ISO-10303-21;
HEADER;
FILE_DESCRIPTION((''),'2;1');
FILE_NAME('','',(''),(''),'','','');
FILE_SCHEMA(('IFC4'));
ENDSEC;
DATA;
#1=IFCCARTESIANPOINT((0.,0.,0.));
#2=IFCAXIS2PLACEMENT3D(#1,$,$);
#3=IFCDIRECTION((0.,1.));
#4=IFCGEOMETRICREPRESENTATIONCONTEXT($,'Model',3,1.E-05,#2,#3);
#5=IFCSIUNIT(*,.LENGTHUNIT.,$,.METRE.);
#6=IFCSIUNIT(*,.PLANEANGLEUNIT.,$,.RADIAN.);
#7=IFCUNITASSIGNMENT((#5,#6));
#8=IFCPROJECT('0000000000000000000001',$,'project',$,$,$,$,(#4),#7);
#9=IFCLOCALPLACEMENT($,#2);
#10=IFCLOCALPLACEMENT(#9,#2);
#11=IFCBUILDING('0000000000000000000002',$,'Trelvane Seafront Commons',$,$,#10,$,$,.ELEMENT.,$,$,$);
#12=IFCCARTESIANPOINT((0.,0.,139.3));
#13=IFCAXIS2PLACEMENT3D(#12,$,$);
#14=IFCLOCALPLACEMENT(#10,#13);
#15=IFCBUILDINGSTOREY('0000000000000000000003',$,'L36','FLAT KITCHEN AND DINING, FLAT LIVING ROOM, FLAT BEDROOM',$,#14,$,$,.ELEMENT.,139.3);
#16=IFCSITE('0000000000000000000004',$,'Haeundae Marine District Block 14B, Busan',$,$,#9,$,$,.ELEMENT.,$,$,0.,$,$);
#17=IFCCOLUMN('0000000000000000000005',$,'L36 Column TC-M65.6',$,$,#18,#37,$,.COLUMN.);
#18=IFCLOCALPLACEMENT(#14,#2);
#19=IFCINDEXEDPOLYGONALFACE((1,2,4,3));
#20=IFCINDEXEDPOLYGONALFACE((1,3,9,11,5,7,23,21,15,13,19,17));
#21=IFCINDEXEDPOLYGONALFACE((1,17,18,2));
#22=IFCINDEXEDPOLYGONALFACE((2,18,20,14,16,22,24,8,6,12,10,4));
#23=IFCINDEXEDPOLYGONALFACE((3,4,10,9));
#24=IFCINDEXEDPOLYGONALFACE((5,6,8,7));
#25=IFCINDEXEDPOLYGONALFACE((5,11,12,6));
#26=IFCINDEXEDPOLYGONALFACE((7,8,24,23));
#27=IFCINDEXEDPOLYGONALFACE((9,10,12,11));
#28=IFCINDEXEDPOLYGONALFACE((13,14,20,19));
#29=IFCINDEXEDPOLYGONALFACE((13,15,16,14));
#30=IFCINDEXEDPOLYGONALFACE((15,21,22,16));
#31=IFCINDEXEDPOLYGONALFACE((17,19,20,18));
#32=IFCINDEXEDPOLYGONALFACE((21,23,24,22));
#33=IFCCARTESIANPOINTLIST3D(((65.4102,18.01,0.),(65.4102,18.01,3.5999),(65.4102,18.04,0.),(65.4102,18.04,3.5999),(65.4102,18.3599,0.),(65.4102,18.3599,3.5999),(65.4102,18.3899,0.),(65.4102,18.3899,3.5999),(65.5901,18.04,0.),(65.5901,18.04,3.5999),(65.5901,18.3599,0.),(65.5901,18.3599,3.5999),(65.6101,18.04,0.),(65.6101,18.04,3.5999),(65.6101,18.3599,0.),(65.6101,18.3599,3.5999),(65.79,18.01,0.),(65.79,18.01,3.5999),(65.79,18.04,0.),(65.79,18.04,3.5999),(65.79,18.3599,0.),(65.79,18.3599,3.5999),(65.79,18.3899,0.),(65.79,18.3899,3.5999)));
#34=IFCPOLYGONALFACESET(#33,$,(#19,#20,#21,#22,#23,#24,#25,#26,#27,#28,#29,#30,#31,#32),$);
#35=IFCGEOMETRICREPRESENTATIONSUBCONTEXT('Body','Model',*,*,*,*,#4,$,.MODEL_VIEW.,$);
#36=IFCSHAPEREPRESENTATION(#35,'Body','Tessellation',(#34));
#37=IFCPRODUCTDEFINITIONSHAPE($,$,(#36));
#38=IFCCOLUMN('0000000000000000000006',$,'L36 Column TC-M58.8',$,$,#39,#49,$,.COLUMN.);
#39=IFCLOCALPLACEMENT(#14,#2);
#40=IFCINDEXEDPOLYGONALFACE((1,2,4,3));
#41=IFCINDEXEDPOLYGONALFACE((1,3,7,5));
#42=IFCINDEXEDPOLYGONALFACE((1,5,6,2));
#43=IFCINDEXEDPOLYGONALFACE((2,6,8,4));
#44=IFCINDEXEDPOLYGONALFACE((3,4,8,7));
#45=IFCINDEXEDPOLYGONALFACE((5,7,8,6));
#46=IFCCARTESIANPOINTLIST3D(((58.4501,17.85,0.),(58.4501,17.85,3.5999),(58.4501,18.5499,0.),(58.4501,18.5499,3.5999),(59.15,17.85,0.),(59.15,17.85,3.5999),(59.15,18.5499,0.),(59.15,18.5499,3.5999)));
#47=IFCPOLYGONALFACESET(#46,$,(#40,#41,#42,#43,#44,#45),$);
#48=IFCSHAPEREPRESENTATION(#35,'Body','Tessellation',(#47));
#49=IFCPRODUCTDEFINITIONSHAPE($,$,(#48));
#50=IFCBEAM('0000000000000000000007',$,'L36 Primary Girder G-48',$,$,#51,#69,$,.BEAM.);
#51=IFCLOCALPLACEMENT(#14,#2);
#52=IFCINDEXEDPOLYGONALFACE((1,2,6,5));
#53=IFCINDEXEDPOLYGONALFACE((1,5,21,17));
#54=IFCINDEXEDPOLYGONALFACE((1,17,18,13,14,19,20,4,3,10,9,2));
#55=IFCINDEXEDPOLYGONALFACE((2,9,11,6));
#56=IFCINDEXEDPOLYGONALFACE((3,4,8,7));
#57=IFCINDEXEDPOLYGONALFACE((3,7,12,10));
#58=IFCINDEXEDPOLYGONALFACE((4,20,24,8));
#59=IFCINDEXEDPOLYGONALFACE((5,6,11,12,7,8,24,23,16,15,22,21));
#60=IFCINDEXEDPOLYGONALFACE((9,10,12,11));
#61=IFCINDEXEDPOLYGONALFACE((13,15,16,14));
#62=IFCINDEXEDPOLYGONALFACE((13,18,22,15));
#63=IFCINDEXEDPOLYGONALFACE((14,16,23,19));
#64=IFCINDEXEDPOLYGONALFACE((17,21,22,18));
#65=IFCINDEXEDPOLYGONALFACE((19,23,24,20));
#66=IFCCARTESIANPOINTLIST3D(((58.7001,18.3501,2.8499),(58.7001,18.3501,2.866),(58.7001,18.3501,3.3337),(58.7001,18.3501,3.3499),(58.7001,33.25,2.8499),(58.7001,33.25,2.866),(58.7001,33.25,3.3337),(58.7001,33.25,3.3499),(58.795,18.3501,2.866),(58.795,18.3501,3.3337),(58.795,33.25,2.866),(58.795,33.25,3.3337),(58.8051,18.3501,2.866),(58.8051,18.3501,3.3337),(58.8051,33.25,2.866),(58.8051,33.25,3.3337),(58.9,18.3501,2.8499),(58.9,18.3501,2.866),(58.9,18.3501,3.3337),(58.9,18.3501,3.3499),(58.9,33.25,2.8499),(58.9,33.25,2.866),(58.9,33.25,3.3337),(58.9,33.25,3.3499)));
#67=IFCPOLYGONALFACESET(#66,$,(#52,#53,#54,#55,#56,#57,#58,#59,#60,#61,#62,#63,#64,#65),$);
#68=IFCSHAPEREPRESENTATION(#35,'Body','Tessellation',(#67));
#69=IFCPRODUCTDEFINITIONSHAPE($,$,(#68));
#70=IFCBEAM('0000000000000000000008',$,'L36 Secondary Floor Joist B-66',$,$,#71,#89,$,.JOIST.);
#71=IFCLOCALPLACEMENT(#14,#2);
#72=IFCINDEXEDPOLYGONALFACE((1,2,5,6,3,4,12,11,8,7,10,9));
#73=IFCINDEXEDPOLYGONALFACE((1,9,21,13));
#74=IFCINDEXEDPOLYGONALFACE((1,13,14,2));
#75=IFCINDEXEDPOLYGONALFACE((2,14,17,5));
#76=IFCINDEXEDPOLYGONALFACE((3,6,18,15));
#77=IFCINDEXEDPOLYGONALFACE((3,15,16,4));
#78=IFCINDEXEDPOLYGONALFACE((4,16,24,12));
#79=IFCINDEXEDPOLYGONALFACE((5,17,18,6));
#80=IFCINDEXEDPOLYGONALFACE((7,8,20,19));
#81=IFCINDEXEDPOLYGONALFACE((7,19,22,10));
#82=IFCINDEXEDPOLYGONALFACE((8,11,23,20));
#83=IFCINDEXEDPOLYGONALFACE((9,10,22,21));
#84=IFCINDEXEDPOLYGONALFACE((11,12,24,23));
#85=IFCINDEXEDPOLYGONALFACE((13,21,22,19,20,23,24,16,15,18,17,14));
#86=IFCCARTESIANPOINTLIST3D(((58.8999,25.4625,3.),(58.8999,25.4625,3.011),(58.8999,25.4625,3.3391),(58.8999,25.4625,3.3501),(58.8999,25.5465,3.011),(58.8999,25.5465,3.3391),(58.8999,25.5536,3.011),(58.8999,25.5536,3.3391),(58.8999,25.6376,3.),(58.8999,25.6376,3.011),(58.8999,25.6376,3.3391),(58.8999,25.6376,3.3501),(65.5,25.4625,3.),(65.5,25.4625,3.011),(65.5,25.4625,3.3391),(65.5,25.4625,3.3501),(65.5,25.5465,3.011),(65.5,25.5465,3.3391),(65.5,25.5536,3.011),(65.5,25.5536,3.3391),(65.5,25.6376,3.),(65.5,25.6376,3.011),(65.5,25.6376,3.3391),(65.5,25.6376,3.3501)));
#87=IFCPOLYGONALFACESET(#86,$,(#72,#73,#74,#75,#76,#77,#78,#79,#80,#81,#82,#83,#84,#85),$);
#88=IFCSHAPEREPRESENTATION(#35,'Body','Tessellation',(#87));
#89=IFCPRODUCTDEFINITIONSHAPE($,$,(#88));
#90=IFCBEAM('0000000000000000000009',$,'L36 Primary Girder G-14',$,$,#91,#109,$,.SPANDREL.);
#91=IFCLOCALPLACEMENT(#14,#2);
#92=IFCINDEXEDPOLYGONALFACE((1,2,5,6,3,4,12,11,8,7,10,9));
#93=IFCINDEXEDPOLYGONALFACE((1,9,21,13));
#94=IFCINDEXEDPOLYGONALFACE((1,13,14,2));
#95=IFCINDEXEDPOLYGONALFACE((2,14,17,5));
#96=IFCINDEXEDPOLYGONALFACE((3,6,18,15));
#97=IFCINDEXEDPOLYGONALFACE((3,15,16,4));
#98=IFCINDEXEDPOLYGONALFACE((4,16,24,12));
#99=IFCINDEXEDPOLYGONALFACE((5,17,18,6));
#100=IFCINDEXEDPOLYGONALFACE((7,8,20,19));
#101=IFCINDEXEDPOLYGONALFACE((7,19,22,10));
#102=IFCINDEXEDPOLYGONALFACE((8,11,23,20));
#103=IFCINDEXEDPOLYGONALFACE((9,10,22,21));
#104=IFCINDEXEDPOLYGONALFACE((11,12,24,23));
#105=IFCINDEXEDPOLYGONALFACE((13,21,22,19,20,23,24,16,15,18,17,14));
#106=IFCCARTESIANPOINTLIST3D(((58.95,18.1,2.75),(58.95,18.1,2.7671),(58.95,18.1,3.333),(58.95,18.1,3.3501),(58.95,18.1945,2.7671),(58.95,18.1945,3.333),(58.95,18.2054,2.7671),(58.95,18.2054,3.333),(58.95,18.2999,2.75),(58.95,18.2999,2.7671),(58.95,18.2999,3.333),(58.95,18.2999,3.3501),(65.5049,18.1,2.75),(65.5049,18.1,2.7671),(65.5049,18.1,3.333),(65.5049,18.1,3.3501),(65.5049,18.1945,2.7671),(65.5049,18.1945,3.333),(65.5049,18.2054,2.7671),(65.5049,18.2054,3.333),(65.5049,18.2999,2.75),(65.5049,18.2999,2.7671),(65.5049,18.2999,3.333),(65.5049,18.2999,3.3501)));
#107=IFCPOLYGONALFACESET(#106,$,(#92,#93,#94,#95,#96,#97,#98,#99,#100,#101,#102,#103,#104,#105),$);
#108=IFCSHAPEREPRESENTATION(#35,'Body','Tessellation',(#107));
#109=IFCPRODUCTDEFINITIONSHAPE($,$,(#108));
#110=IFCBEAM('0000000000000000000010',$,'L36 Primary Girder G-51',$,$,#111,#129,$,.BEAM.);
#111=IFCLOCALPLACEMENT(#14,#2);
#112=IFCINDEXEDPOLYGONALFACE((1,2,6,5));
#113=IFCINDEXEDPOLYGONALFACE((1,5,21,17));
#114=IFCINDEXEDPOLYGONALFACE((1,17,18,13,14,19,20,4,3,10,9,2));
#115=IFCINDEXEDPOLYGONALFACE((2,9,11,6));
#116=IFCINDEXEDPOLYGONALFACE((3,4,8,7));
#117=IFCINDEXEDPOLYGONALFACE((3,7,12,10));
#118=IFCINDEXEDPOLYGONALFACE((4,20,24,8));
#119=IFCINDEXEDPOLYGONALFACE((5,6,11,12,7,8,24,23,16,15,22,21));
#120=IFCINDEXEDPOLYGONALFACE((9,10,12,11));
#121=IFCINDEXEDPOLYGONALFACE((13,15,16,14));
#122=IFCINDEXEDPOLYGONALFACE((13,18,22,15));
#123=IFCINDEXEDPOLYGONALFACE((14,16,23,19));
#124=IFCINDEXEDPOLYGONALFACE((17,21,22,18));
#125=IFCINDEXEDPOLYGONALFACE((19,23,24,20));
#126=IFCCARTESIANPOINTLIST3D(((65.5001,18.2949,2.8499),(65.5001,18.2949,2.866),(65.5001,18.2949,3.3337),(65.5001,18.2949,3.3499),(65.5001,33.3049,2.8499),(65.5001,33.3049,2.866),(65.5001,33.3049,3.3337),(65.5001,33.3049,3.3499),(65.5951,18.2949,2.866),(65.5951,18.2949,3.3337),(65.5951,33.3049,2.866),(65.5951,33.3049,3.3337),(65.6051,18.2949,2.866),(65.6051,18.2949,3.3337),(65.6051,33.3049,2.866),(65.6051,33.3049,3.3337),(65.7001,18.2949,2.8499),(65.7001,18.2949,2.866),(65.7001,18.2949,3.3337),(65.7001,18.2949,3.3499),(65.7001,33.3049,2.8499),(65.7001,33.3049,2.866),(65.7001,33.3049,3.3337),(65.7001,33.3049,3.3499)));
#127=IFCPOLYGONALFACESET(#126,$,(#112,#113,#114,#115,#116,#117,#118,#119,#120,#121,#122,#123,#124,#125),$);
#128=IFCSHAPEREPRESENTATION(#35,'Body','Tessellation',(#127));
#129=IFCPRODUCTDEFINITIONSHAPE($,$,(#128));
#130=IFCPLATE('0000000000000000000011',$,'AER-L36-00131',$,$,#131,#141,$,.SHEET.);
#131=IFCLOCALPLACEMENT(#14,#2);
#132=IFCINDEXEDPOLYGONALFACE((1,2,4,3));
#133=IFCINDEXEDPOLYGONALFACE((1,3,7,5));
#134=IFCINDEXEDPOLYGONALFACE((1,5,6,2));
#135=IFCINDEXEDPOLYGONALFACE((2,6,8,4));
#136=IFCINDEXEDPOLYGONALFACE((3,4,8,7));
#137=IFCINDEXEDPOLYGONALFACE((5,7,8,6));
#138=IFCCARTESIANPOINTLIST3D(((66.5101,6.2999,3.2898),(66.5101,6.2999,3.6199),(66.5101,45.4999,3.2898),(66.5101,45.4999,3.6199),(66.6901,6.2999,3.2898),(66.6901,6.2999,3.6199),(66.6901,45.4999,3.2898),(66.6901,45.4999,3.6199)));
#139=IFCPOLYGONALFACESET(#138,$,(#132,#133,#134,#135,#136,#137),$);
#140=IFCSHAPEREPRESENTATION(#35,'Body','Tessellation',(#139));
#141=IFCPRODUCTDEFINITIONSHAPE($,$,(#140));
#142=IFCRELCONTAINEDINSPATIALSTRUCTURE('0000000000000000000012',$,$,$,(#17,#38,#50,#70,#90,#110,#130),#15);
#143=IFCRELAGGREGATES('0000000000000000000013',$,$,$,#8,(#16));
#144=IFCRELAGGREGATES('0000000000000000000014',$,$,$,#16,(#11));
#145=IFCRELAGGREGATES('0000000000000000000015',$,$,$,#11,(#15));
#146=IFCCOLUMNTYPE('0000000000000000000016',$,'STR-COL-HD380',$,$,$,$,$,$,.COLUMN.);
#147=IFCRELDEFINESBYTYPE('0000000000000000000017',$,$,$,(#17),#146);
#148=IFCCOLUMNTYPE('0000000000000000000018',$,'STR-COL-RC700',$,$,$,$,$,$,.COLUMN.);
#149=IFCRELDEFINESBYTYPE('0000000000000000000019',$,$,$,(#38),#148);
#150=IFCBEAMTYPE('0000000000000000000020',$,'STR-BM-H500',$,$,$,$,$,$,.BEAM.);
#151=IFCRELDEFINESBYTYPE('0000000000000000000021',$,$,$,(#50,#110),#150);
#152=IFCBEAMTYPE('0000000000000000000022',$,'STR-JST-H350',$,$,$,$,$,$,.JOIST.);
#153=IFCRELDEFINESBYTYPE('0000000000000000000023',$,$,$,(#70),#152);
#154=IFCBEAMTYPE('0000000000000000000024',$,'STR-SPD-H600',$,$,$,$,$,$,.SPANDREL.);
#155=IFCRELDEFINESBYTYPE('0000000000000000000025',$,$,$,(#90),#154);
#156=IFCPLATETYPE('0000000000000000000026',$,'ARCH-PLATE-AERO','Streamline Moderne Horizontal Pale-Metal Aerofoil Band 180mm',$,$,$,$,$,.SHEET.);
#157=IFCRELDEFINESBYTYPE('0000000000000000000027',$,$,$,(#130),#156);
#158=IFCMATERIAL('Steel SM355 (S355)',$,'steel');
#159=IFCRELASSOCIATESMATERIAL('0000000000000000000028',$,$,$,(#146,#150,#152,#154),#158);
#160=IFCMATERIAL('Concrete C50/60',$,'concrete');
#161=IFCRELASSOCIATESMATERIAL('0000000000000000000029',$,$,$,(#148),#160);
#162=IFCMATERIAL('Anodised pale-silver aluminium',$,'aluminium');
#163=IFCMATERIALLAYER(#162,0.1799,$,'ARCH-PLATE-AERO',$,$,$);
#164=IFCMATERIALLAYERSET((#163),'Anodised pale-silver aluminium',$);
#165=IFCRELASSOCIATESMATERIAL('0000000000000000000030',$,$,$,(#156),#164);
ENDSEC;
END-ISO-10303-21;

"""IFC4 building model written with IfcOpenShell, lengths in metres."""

from ifc_helpers import new_model, si_unit, direction, frame, origin, origin_2d, place, context, subcontext, project, spatial, rectangle, i_section, extrude, source, transform, mapped, material, layer, layer_set, material_profile, profile_set, type_object, element, save


model = new_model("IFC4")

# Units and contexts
model_context = context("Model", 3, precision=1e-05, world=origin(), true_north=direction((0.0, 1.0)))
body_context = subcontext(model_context, "Body", "Model", "MODEL_VIEW")
ifc_project = project(units=[si_unit("LENGTHUNIT", "METRE"), si_unit("PLANEANGLEUNIT", "RADIAN")], contexts=[model_context])

# Site, building, storey
site_placement = place(None, origin())
site = spatial("IfcSite", under=ifc_project, at=site_placement, Name="Haeundae Marine District Block 14B, Busan", CompositionType="ELEMENT", RefElevation=0.0)
building_placement = place(site_placement, origin())
building = spatial("IfcBuilding", under=site, at=building_placement, Name="Trelvane Seafront Commons", CompositionType="ELEMENT")
storey_placement = place(building_placement, frame((0.0, 0.0, 139.3)))
storey = spatial("IfcBuildingStorey", under=building, at=storey_placement, Name="L36", Description="FLAT KITCHEN AND DINING, FLAT LIVING ROOM, FLAT BEDROOM", CompositionType="ELEMENT", Elevation=139.3)

# Columns
ifc_material_1 = material(Name="Steel SM355 (S355)", Category="steel")
ifc_material_profile_1 = material_profile(ifc_material_1, i_section(OverallWidth=0.3799, OverallDepth=0.3799, WebThickness=0.02, FlangeThickness=0.03, at=origin_2d()), Name="HD-380x380x20x30")
ifc_profile_set_1 = profile_set([ifc_material_profile_1], Name="Steel SM355 (S355)")
column_type_1 = type_object("IfcColumnType", Name="STR-COL-HD380", PredefinedType="COLUMN", material=ifc_profile_set_1)
shared_shape_1 = source(origin(), body_context, "Body", "SweptSolid", [
    extrude(i_section(OverallWidth=0.3799, OverallDepth=0.3799, WebThickness=0.02, FlangeThickness=0.03, at=origin_2d()), origin(), (0.0, 0.0, 1.0), 3.5999),
])
column_1_placement = place(storey_placement, frame((65.6001, 18.2, 0.0), z_axis=(0.0, 0.0, 1.0), x_axis=(1.0, 0.0, 0.0)))
element("IfcColumn", 1, at=column_1_placement, inside=storey, type_object=column_type_1, Name="L36 Column TC-M65.6", PredefinedType="COLUMN", context=body_context, shape_type="MappedRepresentation", body=[
    mapped(shared_shape_1, transform((0.0, 0.0, 0.0), x_axis=(1.0, 0.0, 0.0), y_axis=(0.0, 1.0, 0.0), z_axis=(0.0, 0.0, 1.0), scale=1.0)),
])
ifc_material_2 = material(Name="Concrete C50/60", Category="concrete")
ifc_material_profile_2 = material_profile(ifc_material_2, rectangle(XDim=0.7, YDim=0.7, at=origin_2d()), Name="RC-700x700")
ifc_profile_set_2 = profile_set([ifc_material_profile_2], Name="Concrete C50/60")
column_type_2 = type_object("IfcColumnType", Name="STR-COL-RC700", PredefinedType="COLUMN", material=ifc_profile_set_2)
shared_shape_2 = source(origin(), body_context, "Body", "SweptSolid", [
    extrude(rectangle(XDim=0.7, YDim=0.7, at=origin_2d()), origin(), (0.0, 0.0, 1.0), 3.5999),
])
column_2_placement = place(storey_placement, frame((58.8, 18.2, 0.0), z_axis=(0.0, 0.0, 1.0), x_axis=(1.0, 0.0, 0.0)))
element("IfcColumn", 2, at=column_2_placement, inside=storey, type_object=column_type_2, Name="L36 Column TC-M58.8", PredefinedType="COLUMN", context=body_context, shape_type="MappedRepresentation", body=[
    mapped(shared_shape_2, transform((0.0, 0.0, 0.0), x_axis=(1.0, 0.0, 0.0), y_axis=(0.0, 1.0, 0.0), z_axis=(0.0, 0.0, 1.0), scale=1.0)),
])

# Beams
ifc_material_profile_3 = material_profile(ifc_material_1, i_section(OverallWidth=0.2, OverallDepth=0.5, WebThickness=0.01, FlangeThickness=0.0161, at=origin_2d()), Name="H-500x200x10x16")
ifc_profile_set_3 = profile_set([ifc_material_profile_3], Name="Steel SM355 (S355)")
beam_type_1 = type_object("IfcBeamType", Name="STR-BM-H500", PredefinedType="BEAM", material=ifc_profile_set_3)
shared_shape_3 = source(origin(), body_context, "Body", "SweptSolid", [
    extrude(i_section(OverallWidth=0.2, OverallDepth=0.5, WebThickness=0.01, FlangeThickness=0.0161, at=origin_2d()), origin(), (0.0, 0.0, 1.0), 14.8999),
])
beam_1_placement = place(storey_placement, frame((58.8, 18.3501, 3.0999), z_axis=(0.0, 1.0, 0.0), x_axis=(-1.0, 0.0, 0.0)))
element("IfcBeam", 3, at=beam_1_placement, inside=storey, type_object=beam_type_1, Name="L36 Primary Girder G-48", PredefinedType="BEAM", context=body_context, shape_type="MappedRepresentation", body=[
    mapped(shared_shape_3, transform((0.0, 0.0, 0.0), x_axis=(1.0, 0.0, 0.0), y_axis=(0.0, 1.0, 0.0), z_axis=(0.0, 0.0, 1.0), scale=1.0)),
])
ifc_material_profile_4 = material_profile(ifc_material_1, i_section(OverallWidth=0.175, OverallDepth=0.3501, WebThickness=0.0071, FlangeThickness=0.011, at=origin_2d()), Name="H-350x175x7x11")
ifc_profile_set_4 = profile_set([ifc_material_profile_4], Name="Steel SM355 (S355)")
beam_type_2 = type_object("IfcBeamType", Name="STR-JST-H350", PredefinedType="JOIST", material=ifc_profile_set_4)
shared_shape_4 = source(origin(), body_context, "Body", "SweptSolid", [
    extrude(i_section(OverallWidth=0.175, OverallDepth=0.3501, WebThickness=0.0071, FlangeThickness=0.011, at=origin_2d()), origin(), (0.0, 0.0, 1.0), 6.6001),
])
beam_2_placement = place(storey_placement, frame((58.8999, 25.55, 3.175), z_axis=(1.0, 0.0, 0.0), x_axis=(0.0, 1.0, 0.0)))
element("IfcBeam", 4, at=beam_2_placement, inside=storey, type_object=beam_type_2, Name="L36 Secondary Floor Joist B-66", PredefinedType="JOIST", context=body_context, shape_type="MappedRepresentation", body=[
    mapped(shared_shape_4, transform((0.0, 0.0, 0.0), x_axis=(1.0, 0.0, 0.0), y_axis=(0.0, 1.0, 0.0), z_axis=(0.0, 0.0, 1.0), scale=1.0)),
])
ifc_material_profile_5 = material_profile(ifc_material_1, i_section(OverallWidth=0.2, OverallDepth=0.6001, WebThickness=0.011, FlangeThickness=0.0171, at=origin_2d()), Name="H-600x200x11x17")
ifc_profile_set_5 = profile_set([ifc_material_profile_5], Name="Steel SM355 (S355)")
beam_type_3 = type_object("IfcBeamType", Name="STR-SPD-H600", PredefinedType="SPANDREL", material=ifc_profile_set_5)
shared_shape_5 = source(origin(), body_context, "Body", "SweptSolid", [
    extrude(i_section(OverallWidth=0.2, OverallDepth=0.6001, WebThickness=0.011, FlangeThickness=0.0171, at=origin_2d()), origin(), (0.0, 0.0, 1.0), 6.5549),
])
beam_3_placement = place(storey_placement, frame((58.95, 18.2, 3.05), z_axis=(1.0, 0.0, 0.0), x_axis=(0.0, 1.0, 0.0)))
element("IfcBeam", 5, at=beam_3_placement, inside=storey, type_object=beam_type_3, Name="L36 Primary Girder G-14", PredefinedType="SPANDREL", context=body_context, shape_type="MappedRepresentation", body=[
    mapped(shared_shape_5, transform((0.0, 0.0, 0.0), x_axis=(1.0, 0.0, 0.0), y_axis=(0.0, 1.0, 0.0), z_axis=(0.0, 0.0, 1.0), scale=1.0)),
])
shared_shape_6 = source(origin(), body_context, "Body", "SweptSolid", [
    extrude(i_section(OverallWidth=0.2, OverallDepth=0.5, WebThickness=0.01, FlangeThickness=0.0161, at=origin_2d()), origin(), (0.0, 0.0, 1.0), 15.01),
])
beam_4_placement = place(storey_placement, frame((65.6001, 18.2949, 3.0999), z_axis=(0.0, 1.0, 0.0), x_axis=(-1.0, 0.0, 0.0)))
element("IfcBeam", 6, at=beam_4_placement, inside=storey, type_object=beam_type_1, Name="L36 Primary Girder G-51", PredefinedType="BEAM", context=body_context, shape_type="MappedRepresentation", body=[
    mapped(shared_shape_6, transform((0.0, 0.0, 0.0), x_axis=(1.0, 0.0, 0.0), y_axis=(0.0, 1.0, 0.0), z_axis=(0.0, 0.0, 1.0), scale=1.0)),
])

# Plate
ifc_material_3 = material(Name="Anodised pale-silver aluminium", Category="aluminium")
ifc_layer_1 = layer(ifc_material_3, 0.1799, Name="ARCH-PLATE-AERO")
ifc_layer_set_1 = layer_set([ifc_layer_1], Name="Anodised pale-silver aluminium")
plate_type = type_object("IfcPlateType", Name="ARCH-PLATE-AERO", Description="Streamline Moderne Horizontal Pale-Metal Aerofoil Band 180mm", PredefinedType="SHEET", material=ifc_layer_set_1)
shared_shape_7 = source(origin(), body_context, "Body", "SweptSolid", [
    extrude(rectangle(XDim=39.2, YDim=0.1799, at=origin_2d()), origin(), (0.0, 0.0, 1.0), 0.3301),
])
plate_placement = place(storey_placement, frame((66.6001, 25.8999, 3.2898), z_axis=(0.0, 0.0, 1.0), x_axis=(0.0, -1.0, 0.0)))
element("IfcPlate", 7, at=plate_placement, inside=storey, type_object=plate_type, Name="AER-L36-00131", PredefinedType="SHEET", context=body_context, shape_type="MappedRepresentation", body=[
    mapped(shared_shape_7, transform((0.0, 0.0, 0.0), x_axis=(1.0, 0.0, 0.0), y_axis=(0.0, 1.0, 0.0), z_axis=(0.0, 0.0, 1.0), scale=1.0)),
])

save(model, "model.ifc")
